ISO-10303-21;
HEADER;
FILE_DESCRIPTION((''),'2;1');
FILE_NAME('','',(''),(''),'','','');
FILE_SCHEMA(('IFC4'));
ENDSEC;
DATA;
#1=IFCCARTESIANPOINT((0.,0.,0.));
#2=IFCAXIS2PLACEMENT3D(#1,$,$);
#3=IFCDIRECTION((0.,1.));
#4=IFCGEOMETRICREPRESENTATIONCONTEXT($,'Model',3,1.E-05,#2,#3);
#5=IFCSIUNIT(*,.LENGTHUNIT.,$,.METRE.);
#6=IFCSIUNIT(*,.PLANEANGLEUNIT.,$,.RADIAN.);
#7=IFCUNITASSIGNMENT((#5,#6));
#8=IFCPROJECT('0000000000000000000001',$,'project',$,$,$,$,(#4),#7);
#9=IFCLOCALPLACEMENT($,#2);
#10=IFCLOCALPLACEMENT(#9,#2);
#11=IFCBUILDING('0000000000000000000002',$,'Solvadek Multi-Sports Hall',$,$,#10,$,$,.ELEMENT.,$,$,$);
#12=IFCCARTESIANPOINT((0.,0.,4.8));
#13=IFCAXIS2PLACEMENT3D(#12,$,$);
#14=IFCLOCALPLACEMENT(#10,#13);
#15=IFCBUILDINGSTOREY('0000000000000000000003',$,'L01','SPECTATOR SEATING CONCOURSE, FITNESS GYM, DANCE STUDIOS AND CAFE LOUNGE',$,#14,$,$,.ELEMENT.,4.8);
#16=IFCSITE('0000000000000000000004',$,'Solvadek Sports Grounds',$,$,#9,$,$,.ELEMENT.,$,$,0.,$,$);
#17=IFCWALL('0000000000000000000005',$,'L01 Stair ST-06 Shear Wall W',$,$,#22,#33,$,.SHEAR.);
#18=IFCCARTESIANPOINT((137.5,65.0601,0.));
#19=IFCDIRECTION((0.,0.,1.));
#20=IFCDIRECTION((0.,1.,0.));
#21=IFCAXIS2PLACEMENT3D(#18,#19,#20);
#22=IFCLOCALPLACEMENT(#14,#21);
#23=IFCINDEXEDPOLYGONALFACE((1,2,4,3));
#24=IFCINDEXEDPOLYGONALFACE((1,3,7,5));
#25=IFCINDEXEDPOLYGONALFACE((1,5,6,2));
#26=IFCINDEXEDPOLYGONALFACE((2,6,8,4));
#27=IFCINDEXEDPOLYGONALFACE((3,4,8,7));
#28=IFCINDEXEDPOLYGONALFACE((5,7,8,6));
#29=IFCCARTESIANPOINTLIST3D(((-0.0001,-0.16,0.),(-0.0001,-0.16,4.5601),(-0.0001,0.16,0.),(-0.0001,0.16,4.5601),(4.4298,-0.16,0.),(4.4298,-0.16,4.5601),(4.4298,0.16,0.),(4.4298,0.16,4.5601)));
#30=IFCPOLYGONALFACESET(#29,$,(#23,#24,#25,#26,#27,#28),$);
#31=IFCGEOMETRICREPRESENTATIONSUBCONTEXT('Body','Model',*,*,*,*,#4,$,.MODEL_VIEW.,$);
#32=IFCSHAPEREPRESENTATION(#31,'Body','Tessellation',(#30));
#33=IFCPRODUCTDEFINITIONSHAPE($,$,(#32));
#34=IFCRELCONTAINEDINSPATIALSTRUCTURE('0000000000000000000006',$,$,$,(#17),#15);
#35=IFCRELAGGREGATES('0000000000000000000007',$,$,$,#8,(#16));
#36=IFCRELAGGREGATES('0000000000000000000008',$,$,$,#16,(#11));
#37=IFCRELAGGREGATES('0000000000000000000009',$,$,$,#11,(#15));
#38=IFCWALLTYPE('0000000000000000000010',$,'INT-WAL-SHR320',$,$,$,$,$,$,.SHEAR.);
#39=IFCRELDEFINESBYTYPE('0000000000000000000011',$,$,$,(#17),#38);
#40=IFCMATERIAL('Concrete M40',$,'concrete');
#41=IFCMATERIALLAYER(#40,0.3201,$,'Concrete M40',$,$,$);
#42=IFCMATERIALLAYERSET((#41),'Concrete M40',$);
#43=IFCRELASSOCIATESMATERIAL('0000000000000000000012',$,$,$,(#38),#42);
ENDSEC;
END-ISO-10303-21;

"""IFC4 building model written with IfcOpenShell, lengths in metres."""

from ifc_helpers import new_model, si_unit, direction, frame, frame_2d, origin, place, context, subcontext, project, spatial, rectangle, extrude, material, layer, layer_set, type_object, element, save


model = new_model("IFC4")

# Units and contexts
model_context = context("Model", 3, precision=1e-05, world=origin(), true_north=direction((0.0, 1.0)))
body_context = subcontext(model_context, "Body", "Model", "MODEL_VIEW")
ifc_project = project(units=[si_unit("LENGTHUNIT", "METRE"), si_unit("PLANEANGLEUNIT", "RADIAN")], contexts=[model_context])

# Site, building, storey
site_placement = place(None, origin())
site = spatial("IfcSite", under=ifc_project, at=site_placement, Name="Solvadek Sports Grounds", CompositionType="ELEMENT", RefElevation=0.0)
building_placement = place(site_placement, origin())
building = spatial("IfcBuilding", under=site, at=building_placement, Name="Solvadek Multi-Sports Hall", CompositionType="ELEMENT")
storey_placement = place(building_placement, frame((0.0, 0.0, 4.8)))
storey = spatial("IfcBuildingStorey", under=building, at=storey_placement, Name="L01", Description="SPECTATOR SEATING CONCOURSE, FITNESS GYM, DANCE STUDIOS AND CAFE LOUNGE", CompositionType="ELEMENT", Elevation=4.8)

# Wall
ifc_material_1 = material(Name="Concrete M40", Category="concrete")
ifc_layer_1 = layer(ifc_material_1, 0.3201, Name="Concrete M40")
ifc_layer_set_1 = layer_set([ifc_layer_1], Name="Concrete M40")
wall_type = type_object("IfcWallType", Name="INT-WAL-SHR320", PredefinedType="SHEAR", material=ifc_layer_set_1)
wall_placement = place(storey_placement, frame((137.5, 65.0601, 0.0), z_axis=(0.0, 0.0, 1.0), x_axis=(0.0, 1.0, 0.0)))
element("IfcWall", 1, at=wall_placement, inside=storey, type_object=wall_type, Name="L01 Stair ST-06 Shear Wall W", PredefinedType="SHEAR", context=body_context, shape_type="SweptSolid", body=[
    extrude(rectangle(XDim=4.4299, YDim=0.3201, at=frame_2d((2.2148, 0.0))), origin(), (0.0, 0.0, 1.0), 4.5601),
])

save(model, "model.ifc")
